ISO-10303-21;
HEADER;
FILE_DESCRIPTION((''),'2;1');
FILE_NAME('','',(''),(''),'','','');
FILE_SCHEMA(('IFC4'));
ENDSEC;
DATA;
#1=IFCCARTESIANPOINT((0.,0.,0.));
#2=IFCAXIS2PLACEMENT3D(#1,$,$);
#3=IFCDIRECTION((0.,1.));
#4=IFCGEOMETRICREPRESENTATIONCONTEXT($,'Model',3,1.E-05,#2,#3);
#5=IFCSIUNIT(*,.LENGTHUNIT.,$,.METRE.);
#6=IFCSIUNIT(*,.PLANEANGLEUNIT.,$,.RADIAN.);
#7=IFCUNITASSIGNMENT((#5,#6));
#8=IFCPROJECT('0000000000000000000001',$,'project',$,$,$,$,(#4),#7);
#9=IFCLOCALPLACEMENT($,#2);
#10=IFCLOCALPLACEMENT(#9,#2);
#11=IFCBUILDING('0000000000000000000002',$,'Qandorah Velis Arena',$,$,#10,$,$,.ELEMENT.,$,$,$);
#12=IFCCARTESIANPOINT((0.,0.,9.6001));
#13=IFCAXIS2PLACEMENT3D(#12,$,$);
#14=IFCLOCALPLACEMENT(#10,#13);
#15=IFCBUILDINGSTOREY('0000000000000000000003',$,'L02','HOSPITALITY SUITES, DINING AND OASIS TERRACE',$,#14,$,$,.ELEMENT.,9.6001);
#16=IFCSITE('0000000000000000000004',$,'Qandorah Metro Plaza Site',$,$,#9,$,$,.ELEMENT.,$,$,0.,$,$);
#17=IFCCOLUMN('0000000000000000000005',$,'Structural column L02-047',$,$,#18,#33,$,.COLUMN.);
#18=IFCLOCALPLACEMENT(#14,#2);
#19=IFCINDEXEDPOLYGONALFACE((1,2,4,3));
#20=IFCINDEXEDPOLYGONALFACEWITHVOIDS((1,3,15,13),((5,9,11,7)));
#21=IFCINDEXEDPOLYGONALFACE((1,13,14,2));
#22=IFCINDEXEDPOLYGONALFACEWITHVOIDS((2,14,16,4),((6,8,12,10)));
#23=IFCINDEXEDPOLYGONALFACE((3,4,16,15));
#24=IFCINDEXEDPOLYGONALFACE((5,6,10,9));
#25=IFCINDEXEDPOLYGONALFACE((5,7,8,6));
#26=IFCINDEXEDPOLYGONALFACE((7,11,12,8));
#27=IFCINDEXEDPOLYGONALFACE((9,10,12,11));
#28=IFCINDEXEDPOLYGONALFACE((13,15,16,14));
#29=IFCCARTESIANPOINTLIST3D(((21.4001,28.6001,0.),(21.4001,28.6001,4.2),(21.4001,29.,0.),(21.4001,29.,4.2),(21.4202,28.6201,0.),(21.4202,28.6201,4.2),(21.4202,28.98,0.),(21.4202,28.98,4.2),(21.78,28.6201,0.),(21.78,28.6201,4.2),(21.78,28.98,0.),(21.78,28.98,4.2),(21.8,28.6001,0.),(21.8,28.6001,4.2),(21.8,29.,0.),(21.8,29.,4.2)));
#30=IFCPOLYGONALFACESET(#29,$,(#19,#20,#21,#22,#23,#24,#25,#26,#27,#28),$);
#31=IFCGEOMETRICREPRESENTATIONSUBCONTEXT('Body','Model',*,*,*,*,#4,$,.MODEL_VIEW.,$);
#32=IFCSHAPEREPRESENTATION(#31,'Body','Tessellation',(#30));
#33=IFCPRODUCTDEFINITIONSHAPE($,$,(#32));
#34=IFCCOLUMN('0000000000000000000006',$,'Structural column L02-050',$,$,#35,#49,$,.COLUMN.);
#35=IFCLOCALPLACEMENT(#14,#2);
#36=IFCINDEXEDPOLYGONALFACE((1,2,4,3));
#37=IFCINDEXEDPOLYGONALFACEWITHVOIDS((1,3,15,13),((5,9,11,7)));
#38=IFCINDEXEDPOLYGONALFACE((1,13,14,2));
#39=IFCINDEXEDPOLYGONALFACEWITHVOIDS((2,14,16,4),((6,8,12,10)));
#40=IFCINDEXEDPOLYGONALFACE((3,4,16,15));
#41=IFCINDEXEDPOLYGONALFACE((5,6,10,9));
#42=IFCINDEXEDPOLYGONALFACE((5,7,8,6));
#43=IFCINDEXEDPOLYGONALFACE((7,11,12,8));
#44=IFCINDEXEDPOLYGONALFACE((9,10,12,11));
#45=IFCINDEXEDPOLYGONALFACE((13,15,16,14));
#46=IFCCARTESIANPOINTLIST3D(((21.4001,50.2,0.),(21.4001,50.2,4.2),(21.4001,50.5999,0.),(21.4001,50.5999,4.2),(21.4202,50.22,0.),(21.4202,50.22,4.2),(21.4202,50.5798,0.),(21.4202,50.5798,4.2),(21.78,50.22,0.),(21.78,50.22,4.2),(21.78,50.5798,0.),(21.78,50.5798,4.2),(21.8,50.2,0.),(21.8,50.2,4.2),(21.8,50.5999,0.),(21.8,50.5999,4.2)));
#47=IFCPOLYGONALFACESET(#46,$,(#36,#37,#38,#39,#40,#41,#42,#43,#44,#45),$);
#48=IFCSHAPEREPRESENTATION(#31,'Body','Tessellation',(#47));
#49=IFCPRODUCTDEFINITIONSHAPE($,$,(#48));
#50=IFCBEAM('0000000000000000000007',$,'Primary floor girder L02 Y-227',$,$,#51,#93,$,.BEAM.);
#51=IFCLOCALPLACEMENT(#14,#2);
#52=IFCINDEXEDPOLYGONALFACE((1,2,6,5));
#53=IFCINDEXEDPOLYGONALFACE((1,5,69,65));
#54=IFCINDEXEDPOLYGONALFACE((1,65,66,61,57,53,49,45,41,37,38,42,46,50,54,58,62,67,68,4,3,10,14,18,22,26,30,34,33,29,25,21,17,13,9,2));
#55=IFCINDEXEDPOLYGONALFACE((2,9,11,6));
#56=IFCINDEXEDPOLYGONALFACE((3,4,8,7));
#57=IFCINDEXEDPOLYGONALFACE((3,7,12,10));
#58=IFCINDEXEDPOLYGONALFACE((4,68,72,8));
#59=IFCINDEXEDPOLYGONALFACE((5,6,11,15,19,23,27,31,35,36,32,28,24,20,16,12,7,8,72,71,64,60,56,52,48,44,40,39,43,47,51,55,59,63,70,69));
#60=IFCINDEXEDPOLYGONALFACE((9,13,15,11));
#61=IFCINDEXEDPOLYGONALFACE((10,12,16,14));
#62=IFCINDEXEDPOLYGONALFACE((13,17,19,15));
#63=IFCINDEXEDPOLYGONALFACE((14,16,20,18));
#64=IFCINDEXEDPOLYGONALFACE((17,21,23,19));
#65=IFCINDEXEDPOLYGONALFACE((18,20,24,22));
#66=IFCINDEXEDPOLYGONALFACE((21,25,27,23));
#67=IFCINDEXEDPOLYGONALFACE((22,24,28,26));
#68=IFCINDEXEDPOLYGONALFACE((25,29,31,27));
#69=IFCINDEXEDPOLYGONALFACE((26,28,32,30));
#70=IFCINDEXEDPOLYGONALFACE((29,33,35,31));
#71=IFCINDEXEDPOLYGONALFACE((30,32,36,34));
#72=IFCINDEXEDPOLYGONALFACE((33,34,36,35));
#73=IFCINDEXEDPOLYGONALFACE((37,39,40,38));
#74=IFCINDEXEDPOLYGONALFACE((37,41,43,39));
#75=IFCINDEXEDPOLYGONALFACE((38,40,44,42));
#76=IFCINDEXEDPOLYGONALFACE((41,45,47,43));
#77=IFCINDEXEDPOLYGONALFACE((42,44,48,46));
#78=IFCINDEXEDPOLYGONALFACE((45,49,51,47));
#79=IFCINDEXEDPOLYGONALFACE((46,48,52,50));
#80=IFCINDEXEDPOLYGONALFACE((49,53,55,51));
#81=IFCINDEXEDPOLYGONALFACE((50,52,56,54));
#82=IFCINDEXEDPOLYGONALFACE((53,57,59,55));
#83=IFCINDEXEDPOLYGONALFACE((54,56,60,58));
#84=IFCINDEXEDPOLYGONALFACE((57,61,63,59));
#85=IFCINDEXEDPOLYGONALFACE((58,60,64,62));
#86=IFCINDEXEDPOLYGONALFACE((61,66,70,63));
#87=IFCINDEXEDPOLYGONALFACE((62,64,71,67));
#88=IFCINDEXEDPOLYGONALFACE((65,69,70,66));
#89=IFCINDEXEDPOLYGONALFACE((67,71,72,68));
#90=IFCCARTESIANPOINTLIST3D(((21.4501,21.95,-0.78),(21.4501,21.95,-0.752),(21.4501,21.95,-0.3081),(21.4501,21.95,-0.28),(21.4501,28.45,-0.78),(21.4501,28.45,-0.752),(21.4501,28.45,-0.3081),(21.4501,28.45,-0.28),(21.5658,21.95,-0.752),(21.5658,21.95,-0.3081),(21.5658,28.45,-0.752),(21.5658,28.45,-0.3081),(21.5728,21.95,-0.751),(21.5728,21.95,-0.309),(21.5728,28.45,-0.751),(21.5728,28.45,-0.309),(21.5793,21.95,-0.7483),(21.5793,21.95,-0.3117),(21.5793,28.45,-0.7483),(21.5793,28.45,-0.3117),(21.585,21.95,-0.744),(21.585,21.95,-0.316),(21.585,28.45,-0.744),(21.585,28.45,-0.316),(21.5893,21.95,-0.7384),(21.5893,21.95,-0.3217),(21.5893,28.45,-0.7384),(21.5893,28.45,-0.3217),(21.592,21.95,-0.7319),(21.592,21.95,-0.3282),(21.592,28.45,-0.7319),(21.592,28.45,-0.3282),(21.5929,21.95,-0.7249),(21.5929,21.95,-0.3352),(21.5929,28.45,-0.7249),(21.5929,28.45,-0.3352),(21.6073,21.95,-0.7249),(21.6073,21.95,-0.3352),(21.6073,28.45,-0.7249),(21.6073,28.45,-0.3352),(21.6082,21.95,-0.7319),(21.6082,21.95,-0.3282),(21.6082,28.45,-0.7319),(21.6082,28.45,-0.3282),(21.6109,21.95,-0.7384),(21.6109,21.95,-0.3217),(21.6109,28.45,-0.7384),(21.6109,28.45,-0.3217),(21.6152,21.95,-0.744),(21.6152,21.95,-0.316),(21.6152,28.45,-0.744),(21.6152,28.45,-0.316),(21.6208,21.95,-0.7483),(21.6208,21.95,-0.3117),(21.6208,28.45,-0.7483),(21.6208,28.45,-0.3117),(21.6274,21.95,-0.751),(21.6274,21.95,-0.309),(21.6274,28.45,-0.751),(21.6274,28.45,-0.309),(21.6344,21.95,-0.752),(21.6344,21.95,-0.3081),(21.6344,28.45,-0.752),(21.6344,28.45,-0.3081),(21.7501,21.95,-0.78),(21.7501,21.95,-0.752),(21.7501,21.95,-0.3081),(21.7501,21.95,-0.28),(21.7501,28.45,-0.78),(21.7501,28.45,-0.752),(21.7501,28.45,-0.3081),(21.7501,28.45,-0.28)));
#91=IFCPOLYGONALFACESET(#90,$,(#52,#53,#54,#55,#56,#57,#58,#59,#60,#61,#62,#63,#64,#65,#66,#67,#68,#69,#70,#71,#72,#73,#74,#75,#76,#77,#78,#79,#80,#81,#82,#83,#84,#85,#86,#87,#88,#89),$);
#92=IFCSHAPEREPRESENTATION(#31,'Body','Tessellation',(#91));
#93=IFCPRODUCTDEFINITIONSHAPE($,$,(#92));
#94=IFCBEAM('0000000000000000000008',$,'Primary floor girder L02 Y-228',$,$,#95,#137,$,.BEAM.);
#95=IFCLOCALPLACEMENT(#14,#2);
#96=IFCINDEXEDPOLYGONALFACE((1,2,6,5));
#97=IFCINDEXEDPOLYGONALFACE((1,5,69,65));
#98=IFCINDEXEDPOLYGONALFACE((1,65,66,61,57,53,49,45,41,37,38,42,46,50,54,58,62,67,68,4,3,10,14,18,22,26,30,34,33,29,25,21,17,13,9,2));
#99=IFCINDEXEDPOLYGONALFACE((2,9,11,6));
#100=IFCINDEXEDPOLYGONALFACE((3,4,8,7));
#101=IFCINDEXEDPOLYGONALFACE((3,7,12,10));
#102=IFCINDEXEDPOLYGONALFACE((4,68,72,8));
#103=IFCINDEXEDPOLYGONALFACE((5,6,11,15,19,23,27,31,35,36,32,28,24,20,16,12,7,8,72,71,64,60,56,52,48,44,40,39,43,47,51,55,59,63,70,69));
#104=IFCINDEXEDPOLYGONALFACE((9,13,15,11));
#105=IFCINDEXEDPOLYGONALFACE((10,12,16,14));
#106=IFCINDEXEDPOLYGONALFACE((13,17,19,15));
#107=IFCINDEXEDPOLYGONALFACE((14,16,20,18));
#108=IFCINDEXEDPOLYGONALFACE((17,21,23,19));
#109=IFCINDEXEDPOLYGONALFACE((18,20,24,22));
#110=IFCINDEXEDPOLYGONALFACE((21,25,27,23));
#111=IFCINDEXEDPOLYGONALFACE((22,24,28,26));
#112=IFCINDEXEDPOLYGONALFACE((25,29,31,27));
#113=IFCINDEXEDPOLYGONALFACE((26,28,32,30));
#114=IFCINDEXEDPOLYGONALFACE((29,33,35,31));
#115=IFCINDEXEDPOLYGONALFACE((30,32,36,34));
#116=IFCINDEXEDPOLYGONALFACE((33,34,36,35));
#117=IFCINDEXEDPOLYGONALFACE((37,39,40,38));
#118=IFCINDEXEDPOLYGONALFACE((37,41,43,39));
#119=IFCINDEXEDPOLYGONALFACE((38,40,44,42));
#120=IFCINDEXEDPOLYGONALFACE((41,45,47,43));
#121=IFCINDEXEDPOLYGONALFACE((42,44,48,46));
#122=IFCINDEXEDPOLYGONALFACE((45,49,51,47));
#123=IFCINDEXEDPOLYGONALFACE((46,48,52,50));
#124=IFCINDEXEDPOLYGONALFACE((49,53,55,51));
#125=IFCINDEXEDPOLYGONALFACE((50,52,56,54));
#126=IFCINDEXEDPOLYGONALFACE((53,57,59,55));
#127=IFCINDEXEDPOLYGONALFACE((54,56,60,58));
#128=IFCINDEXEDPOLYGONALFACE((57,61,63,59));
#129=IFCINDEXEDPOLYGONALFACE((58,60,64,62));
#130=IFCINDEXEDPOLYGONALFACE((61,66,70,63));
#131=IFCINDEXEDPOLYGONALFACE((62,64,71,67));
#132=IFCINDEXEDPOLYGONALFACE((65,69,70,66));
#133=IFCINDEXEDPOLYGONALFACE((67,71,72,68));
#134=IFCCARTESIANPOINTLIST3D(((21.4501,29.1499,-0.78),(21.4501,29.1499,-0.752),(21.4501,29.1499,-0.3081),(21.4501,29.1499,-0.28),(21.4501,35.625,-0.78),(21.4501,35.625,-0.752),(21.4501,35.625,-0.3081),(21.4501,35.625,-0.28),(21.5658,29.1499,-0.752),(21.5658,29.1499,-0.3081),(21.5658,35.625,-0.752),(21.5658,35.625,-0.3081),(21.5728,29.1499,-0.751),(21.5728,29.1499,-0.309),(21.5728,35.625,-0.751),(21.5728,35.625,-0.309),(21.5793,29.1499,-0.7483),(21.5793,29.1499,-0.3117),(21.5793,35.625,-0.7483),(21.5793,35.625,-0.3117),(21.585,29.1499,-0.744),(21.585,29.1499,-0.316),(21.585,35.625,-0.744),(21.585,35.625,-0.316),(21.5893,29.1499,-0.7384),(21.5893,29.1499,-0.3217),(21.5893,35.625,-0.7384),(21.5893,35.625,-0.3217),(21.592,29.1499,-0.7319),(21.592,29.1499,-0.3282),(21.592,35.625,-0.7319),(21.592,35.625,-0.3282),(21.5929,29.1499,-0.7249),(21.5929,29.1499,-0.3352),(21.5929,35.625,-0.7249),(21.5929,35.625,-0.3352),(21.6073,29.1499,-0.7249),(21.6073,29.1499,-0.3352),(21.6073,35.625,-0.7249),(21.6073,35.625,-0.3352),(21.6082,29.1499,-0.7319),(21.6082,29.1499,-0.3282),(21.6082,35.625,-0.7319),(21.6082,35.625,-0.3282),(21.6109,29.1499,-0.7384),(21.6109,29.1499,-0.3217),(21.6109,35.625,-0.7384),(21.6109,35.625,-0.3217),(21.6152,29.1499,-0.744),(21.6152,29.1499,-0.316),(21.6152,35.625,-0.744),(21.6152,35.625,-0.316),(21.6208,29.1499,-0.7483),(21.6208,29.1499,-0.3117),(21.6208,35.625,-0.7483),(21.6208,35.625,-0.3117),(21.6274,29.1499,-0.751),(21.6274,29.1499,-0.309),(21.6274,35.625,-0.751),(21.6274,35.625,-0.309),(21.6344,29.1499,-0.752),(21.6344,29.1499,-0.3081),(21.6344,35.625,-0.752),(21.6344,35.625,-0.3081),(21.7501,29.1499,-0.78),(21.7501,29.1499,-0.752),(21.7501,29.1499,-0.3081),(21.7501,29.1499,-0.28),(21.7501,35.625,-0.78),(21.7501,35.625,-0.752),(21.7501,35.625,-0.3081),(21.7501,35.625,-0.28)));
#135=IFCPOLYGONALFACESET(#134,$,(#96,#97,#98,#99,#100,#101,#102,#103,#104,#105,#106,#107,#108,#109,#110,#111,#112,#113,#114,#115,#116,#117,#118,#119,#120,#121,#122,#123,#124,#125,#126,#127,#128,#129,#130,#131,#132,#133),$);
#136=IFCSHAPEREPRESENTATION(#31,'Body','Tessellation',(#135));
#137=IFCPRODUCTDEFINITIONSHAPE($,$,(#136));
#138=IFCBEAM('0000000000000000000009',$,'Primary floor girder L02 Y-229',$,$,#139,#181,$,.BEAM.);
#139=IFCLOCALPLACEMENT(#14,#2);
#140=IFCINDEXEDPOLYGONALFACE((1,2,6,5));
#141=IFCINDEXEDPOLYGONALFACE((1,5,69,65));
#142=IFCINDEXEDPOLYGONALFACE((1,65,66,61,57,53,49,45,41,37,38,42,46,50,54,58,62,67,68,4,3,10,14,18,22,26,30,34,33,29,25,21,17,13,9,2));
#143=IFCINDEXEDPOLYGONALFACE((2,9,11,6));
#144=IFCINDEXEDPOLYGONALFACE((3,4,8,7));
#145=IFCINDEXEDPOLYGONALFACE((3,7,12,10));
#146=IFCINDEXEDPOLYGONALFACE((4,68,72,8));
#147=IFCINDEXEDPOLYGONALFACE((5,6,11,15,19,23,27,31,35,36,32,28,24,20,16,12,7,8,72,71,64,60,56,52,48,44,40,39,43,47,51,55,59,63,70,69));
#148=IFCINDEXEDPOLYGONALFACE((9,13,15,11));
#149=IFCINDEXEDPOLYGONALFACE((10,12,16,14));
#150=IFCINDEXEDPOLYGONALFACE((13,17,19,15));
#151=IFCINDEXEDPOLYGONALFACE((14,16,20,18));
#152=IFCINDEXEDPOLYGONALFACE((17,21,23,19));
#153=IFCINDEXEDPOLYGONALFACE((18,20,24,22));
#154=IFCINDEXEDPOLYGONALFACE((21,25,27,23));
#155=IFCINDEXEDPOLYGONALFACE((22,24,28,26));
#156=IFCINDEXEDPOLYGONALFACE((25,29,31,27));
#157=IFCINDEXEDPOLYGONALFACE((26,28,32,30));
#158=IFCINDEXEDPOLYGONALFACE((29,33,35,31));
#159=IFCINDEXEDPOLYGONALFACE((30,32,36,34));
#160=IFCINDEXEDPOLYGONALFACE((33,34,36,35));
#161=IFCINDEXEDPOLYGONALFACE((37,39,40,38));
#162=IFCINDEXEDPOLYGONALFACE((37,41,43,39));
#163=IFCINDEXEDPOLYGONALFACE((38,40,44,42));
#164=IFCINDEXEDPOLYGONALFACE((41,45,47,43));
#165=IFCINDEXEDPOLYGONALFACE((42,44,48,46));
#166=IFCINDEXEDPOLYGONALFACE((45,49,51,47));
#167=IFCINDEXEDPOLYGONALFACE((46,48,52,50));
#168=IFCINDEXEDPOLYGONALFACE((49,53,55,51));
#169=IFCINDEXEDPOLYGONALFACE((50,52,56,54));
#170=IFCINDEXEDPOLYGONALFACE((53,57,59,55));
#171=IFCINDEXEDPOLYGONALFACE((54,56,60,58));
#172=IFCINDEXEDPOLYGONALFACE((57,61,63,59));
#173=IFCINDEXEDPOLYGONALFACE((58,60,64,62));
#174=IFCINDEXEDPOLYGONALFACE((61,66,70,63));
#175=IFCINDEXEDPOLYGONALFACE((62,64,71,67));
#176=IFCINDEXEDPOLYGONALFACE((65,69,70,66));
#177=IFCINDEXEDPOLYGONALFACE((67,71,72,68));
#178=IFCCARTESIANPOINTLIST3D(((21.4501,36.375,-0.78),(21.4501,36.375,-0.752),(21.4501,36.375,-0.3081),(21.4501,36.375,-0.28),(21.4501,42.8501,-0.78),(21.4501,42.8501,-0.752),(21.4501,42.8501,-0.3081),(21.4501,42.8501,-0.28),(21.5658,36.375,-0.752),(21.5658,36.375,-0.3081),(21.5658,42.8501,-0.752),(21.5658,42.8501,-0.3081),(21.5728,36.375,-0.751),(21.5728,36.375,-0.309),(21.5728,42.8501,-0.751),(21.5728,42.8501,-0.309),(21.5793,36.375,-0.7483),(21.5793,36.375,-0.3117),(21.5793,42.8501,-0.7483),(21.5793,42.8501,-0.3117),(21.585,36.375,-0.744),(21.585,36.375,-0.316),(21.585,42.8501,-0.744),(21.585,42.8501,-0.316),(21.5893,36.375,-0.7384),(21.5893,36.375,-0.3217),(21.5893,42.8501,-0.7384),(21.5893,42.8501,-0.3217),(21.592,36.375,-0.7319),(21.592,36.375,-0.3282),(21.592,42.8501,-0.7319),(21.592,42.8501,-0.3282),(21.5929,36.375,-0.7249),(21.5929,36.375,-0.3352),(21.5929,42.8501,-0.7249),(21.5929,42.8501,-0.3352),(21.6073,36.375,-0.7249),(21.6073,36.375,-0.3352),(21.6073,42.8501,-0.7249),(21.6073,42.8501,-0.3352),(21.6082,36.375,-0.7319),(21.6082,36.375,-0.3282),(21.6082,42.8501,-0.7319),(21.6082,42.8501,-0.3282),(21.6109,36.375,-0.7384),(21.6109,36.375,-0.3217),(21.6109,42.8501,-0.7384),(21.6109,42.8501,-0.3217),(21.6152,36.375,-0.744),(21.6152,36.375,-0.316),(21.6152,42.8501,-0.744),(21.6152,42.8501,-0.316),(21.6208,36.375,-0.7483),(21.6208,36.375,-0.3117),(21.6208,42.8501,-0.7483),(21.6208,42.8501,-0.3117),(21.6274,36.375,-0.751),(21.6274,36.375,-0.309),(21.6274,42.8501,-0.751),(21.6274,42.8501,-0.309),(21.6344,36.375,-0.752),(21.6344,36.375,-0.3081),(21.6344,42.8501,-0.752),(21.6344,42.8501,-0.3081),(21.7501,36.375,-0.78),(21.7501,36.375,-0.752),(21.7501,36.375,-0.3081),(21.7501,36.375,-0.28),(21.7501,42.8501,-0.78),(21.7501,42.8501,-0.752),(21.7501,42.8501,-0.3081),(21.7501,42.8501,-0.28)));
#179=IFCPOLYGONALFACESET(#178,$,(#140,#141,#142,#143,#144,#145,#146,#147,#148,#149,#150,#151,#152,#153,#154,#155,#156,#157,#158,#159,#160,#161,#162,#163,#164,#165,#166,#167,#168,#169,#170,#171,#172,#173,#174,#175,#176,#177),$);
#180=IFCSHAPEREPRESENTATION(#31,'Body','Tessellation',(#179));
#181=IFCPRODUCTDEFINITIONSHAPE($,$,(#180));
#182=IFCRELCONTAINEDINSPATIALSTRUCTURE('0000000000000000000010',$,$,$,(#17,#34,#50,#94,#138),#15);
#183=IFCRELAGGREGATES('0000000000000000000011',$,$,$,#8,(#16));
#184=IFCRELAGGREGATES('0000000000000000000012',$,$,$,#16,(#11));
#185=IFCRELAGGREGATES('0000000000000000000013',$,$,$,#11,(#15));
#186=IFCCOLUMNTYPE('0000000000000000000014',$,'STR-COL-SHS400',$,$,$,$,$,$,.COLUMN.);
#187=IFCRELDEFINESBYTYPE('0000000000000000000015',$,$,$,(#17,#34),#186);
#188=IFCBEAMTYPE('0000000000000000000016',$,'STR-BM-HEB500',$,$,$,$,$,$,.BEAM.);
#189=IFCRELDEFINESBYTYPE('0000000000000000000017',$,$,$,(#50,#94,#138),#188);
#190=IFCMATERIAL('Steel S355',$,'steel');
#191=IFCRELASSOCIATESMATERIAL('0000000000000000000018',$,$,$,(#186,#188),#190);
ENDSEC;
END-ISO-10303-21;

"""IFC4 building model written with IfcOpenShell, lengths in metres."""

from ifc_helpers import new_model, si_unit, direction, frame, origin, origin_2d, place, context, subcontext, project, spatial, hollow_rectangle, i_section, extrude, material, material_profile, profile_set, type_object, element, save


model = new_model("IFC4")

# Units and contexts
model_context = context("Model", 3, precision=1e-05, world=origin(), true_north=direction((0.0, 1.0)))
body_context = subcontext(model_context, "Body", "Model", "MODEL_VIEW")
ifc_project = project(units=[si_unit("LENGTHUNIT", "METRE"), si_unit("PLANEANGLEUNIT", "RADIAN")], contexts=[model_context])

# Site, building, storey
site_placement = place(None, origin())
site = spatial("IfcSite", under=ifc_project, at=site_placement, Name="Qandorah Metro Plaza Site", CompositionType="ELEMENT", RefElevation=0.0)
building_placement = place(site_placement, origin())
building = spatial("IfcBuilding", under=site, at=building_placement, Name="Qandorah Velis Arena", CompositionType="ELEMENT")
storey_placement = place(building_placement, frame((0.0, 0.0, 9.6001)))
storey = spatial("IfcBuildingStorey", under=building, at=storey_placement, Name="L02", Description="HOSPITALITY SUITES, DINING AND OASIS TERRACE", CompositionType="ELEMENT", Elevation=9.6001)

# Columns
ifc_material_1 = material(Name="Steel S355", Category="steel")
ifc_material_profile_1 = material_profile(ifc_material_1, hollow_rectangle(XDim=0.3999, YDim=0.3999, WallThickness=0.02, at=origin_2d()), Name="SHS 400x400x20")
ifc_profile_set_1 = profile_set([ifc_material_profile_1], Name="Steel S355")
column_type_1 = type_object("IfcColumnType", Name="STR-COL-SHS400", PredefinedType="COLUMN", material=ifc_profile_set_1)
for number, where, z_axis, x_axis, name in (
    (1, (21.6001, 28.8, 0.0), (0.0, 0.0, 1.0), (1.0, 0.0, 0.0), "Structural column L02-047"),
    (2, (21.6001, 50.3999, 0.0), (0.0, 0.0, 1.0), (1.0, 0.0, 0.0), "Structural column L02-050"),
):
    element("IfcColumn", number, at=place(storey_placement, frame(where, z_axis=z_axis, x_axis=x_axis)), inside=storey, type_object=column_type_1, Name=name, PredefinedType="COLUMN", context=body_context, shape_type="SweptSolid", body=[
        extrude(hollow_rectangle(XDim=0.3999, YDim=0.3999, WallThickness=0.02, at=origin_2d()), origin(), (0.0, 0.0, 1.0), 4.2),
    ])

# Beams
ifc_material_profile_2 = material_profile(ifc_material_1, i_section(OverallWidth=0.3, OverallDepth=0.5, WebThickness=0.0144, FlangeThickness=0.0281, FilletRadius=0.0271, at=origin_2d()), Name="HEB 500")
ifc_profile_set_2 = profile_set([ifc_material_profile_2], Name="Steel S355")
beam_type_1 = type_object("IfcBeamType", Name="STR-BM-HEB500", PredefinedType="BEAM", material=ifc_profile_set_2)
beam_1_placement = place(storey_placement, frame((21.6001, 21.95, -0.53), z_axis=(0.0, 1.0, 0.0), x_axis=(-1.0, 0.0, 0.0)))
element("IfcBeam", 3, at=beam_1_placement, inside=storey, type_object=beam_type_1, Name="Primary floor girder L02 Y-227", PredefinedType="BEAM", context=body_context, shape_type="SweptSolid", body=[
    extrude(i_section(OverallWidth=0.3, OverallDepth=0.5, WebThickness=0.0144, FlangeThickness=0.0281, FilletRadius=0.0271, at=origin_2d()), origin(), (0.0, 0.0, 1.0), 6.5),
])
for number, where, z_axis, x_axis, name in (
    (4, (21.6001, 29.1499, -0.53), (0.0, 1.0, 0.0), (-1.0, 0.0, 0.0), "Primary floor girder L02 Y-228"),
    (5, (21.6001, 36.375, -0.53), (0.0, 1.0, 0.0), (-1.0, 0.0, 0.0), "Primary floor girder L02 Y-229"),
):
    element("IfcBeam", number, at=place(storey_placement, frame(where, z_axis=z_axis, x_axis=x_axis)), inside=storey, type_object=beam_type_1, Name=name, PredefinedType="BEAM", context=body_context, shape_type="SweptSolid", body=[
        extrude(i_section(OverallWidth=0.3, OverallDepth=0.5, WebThickness=0.0144, FlangeThickness=0.0281, FilletRadius=0.0271, at=origin_2d()), origin(), (0.0, 0.0, 1.0), 6.4751),
    ])

save(model, "model.ifc")
